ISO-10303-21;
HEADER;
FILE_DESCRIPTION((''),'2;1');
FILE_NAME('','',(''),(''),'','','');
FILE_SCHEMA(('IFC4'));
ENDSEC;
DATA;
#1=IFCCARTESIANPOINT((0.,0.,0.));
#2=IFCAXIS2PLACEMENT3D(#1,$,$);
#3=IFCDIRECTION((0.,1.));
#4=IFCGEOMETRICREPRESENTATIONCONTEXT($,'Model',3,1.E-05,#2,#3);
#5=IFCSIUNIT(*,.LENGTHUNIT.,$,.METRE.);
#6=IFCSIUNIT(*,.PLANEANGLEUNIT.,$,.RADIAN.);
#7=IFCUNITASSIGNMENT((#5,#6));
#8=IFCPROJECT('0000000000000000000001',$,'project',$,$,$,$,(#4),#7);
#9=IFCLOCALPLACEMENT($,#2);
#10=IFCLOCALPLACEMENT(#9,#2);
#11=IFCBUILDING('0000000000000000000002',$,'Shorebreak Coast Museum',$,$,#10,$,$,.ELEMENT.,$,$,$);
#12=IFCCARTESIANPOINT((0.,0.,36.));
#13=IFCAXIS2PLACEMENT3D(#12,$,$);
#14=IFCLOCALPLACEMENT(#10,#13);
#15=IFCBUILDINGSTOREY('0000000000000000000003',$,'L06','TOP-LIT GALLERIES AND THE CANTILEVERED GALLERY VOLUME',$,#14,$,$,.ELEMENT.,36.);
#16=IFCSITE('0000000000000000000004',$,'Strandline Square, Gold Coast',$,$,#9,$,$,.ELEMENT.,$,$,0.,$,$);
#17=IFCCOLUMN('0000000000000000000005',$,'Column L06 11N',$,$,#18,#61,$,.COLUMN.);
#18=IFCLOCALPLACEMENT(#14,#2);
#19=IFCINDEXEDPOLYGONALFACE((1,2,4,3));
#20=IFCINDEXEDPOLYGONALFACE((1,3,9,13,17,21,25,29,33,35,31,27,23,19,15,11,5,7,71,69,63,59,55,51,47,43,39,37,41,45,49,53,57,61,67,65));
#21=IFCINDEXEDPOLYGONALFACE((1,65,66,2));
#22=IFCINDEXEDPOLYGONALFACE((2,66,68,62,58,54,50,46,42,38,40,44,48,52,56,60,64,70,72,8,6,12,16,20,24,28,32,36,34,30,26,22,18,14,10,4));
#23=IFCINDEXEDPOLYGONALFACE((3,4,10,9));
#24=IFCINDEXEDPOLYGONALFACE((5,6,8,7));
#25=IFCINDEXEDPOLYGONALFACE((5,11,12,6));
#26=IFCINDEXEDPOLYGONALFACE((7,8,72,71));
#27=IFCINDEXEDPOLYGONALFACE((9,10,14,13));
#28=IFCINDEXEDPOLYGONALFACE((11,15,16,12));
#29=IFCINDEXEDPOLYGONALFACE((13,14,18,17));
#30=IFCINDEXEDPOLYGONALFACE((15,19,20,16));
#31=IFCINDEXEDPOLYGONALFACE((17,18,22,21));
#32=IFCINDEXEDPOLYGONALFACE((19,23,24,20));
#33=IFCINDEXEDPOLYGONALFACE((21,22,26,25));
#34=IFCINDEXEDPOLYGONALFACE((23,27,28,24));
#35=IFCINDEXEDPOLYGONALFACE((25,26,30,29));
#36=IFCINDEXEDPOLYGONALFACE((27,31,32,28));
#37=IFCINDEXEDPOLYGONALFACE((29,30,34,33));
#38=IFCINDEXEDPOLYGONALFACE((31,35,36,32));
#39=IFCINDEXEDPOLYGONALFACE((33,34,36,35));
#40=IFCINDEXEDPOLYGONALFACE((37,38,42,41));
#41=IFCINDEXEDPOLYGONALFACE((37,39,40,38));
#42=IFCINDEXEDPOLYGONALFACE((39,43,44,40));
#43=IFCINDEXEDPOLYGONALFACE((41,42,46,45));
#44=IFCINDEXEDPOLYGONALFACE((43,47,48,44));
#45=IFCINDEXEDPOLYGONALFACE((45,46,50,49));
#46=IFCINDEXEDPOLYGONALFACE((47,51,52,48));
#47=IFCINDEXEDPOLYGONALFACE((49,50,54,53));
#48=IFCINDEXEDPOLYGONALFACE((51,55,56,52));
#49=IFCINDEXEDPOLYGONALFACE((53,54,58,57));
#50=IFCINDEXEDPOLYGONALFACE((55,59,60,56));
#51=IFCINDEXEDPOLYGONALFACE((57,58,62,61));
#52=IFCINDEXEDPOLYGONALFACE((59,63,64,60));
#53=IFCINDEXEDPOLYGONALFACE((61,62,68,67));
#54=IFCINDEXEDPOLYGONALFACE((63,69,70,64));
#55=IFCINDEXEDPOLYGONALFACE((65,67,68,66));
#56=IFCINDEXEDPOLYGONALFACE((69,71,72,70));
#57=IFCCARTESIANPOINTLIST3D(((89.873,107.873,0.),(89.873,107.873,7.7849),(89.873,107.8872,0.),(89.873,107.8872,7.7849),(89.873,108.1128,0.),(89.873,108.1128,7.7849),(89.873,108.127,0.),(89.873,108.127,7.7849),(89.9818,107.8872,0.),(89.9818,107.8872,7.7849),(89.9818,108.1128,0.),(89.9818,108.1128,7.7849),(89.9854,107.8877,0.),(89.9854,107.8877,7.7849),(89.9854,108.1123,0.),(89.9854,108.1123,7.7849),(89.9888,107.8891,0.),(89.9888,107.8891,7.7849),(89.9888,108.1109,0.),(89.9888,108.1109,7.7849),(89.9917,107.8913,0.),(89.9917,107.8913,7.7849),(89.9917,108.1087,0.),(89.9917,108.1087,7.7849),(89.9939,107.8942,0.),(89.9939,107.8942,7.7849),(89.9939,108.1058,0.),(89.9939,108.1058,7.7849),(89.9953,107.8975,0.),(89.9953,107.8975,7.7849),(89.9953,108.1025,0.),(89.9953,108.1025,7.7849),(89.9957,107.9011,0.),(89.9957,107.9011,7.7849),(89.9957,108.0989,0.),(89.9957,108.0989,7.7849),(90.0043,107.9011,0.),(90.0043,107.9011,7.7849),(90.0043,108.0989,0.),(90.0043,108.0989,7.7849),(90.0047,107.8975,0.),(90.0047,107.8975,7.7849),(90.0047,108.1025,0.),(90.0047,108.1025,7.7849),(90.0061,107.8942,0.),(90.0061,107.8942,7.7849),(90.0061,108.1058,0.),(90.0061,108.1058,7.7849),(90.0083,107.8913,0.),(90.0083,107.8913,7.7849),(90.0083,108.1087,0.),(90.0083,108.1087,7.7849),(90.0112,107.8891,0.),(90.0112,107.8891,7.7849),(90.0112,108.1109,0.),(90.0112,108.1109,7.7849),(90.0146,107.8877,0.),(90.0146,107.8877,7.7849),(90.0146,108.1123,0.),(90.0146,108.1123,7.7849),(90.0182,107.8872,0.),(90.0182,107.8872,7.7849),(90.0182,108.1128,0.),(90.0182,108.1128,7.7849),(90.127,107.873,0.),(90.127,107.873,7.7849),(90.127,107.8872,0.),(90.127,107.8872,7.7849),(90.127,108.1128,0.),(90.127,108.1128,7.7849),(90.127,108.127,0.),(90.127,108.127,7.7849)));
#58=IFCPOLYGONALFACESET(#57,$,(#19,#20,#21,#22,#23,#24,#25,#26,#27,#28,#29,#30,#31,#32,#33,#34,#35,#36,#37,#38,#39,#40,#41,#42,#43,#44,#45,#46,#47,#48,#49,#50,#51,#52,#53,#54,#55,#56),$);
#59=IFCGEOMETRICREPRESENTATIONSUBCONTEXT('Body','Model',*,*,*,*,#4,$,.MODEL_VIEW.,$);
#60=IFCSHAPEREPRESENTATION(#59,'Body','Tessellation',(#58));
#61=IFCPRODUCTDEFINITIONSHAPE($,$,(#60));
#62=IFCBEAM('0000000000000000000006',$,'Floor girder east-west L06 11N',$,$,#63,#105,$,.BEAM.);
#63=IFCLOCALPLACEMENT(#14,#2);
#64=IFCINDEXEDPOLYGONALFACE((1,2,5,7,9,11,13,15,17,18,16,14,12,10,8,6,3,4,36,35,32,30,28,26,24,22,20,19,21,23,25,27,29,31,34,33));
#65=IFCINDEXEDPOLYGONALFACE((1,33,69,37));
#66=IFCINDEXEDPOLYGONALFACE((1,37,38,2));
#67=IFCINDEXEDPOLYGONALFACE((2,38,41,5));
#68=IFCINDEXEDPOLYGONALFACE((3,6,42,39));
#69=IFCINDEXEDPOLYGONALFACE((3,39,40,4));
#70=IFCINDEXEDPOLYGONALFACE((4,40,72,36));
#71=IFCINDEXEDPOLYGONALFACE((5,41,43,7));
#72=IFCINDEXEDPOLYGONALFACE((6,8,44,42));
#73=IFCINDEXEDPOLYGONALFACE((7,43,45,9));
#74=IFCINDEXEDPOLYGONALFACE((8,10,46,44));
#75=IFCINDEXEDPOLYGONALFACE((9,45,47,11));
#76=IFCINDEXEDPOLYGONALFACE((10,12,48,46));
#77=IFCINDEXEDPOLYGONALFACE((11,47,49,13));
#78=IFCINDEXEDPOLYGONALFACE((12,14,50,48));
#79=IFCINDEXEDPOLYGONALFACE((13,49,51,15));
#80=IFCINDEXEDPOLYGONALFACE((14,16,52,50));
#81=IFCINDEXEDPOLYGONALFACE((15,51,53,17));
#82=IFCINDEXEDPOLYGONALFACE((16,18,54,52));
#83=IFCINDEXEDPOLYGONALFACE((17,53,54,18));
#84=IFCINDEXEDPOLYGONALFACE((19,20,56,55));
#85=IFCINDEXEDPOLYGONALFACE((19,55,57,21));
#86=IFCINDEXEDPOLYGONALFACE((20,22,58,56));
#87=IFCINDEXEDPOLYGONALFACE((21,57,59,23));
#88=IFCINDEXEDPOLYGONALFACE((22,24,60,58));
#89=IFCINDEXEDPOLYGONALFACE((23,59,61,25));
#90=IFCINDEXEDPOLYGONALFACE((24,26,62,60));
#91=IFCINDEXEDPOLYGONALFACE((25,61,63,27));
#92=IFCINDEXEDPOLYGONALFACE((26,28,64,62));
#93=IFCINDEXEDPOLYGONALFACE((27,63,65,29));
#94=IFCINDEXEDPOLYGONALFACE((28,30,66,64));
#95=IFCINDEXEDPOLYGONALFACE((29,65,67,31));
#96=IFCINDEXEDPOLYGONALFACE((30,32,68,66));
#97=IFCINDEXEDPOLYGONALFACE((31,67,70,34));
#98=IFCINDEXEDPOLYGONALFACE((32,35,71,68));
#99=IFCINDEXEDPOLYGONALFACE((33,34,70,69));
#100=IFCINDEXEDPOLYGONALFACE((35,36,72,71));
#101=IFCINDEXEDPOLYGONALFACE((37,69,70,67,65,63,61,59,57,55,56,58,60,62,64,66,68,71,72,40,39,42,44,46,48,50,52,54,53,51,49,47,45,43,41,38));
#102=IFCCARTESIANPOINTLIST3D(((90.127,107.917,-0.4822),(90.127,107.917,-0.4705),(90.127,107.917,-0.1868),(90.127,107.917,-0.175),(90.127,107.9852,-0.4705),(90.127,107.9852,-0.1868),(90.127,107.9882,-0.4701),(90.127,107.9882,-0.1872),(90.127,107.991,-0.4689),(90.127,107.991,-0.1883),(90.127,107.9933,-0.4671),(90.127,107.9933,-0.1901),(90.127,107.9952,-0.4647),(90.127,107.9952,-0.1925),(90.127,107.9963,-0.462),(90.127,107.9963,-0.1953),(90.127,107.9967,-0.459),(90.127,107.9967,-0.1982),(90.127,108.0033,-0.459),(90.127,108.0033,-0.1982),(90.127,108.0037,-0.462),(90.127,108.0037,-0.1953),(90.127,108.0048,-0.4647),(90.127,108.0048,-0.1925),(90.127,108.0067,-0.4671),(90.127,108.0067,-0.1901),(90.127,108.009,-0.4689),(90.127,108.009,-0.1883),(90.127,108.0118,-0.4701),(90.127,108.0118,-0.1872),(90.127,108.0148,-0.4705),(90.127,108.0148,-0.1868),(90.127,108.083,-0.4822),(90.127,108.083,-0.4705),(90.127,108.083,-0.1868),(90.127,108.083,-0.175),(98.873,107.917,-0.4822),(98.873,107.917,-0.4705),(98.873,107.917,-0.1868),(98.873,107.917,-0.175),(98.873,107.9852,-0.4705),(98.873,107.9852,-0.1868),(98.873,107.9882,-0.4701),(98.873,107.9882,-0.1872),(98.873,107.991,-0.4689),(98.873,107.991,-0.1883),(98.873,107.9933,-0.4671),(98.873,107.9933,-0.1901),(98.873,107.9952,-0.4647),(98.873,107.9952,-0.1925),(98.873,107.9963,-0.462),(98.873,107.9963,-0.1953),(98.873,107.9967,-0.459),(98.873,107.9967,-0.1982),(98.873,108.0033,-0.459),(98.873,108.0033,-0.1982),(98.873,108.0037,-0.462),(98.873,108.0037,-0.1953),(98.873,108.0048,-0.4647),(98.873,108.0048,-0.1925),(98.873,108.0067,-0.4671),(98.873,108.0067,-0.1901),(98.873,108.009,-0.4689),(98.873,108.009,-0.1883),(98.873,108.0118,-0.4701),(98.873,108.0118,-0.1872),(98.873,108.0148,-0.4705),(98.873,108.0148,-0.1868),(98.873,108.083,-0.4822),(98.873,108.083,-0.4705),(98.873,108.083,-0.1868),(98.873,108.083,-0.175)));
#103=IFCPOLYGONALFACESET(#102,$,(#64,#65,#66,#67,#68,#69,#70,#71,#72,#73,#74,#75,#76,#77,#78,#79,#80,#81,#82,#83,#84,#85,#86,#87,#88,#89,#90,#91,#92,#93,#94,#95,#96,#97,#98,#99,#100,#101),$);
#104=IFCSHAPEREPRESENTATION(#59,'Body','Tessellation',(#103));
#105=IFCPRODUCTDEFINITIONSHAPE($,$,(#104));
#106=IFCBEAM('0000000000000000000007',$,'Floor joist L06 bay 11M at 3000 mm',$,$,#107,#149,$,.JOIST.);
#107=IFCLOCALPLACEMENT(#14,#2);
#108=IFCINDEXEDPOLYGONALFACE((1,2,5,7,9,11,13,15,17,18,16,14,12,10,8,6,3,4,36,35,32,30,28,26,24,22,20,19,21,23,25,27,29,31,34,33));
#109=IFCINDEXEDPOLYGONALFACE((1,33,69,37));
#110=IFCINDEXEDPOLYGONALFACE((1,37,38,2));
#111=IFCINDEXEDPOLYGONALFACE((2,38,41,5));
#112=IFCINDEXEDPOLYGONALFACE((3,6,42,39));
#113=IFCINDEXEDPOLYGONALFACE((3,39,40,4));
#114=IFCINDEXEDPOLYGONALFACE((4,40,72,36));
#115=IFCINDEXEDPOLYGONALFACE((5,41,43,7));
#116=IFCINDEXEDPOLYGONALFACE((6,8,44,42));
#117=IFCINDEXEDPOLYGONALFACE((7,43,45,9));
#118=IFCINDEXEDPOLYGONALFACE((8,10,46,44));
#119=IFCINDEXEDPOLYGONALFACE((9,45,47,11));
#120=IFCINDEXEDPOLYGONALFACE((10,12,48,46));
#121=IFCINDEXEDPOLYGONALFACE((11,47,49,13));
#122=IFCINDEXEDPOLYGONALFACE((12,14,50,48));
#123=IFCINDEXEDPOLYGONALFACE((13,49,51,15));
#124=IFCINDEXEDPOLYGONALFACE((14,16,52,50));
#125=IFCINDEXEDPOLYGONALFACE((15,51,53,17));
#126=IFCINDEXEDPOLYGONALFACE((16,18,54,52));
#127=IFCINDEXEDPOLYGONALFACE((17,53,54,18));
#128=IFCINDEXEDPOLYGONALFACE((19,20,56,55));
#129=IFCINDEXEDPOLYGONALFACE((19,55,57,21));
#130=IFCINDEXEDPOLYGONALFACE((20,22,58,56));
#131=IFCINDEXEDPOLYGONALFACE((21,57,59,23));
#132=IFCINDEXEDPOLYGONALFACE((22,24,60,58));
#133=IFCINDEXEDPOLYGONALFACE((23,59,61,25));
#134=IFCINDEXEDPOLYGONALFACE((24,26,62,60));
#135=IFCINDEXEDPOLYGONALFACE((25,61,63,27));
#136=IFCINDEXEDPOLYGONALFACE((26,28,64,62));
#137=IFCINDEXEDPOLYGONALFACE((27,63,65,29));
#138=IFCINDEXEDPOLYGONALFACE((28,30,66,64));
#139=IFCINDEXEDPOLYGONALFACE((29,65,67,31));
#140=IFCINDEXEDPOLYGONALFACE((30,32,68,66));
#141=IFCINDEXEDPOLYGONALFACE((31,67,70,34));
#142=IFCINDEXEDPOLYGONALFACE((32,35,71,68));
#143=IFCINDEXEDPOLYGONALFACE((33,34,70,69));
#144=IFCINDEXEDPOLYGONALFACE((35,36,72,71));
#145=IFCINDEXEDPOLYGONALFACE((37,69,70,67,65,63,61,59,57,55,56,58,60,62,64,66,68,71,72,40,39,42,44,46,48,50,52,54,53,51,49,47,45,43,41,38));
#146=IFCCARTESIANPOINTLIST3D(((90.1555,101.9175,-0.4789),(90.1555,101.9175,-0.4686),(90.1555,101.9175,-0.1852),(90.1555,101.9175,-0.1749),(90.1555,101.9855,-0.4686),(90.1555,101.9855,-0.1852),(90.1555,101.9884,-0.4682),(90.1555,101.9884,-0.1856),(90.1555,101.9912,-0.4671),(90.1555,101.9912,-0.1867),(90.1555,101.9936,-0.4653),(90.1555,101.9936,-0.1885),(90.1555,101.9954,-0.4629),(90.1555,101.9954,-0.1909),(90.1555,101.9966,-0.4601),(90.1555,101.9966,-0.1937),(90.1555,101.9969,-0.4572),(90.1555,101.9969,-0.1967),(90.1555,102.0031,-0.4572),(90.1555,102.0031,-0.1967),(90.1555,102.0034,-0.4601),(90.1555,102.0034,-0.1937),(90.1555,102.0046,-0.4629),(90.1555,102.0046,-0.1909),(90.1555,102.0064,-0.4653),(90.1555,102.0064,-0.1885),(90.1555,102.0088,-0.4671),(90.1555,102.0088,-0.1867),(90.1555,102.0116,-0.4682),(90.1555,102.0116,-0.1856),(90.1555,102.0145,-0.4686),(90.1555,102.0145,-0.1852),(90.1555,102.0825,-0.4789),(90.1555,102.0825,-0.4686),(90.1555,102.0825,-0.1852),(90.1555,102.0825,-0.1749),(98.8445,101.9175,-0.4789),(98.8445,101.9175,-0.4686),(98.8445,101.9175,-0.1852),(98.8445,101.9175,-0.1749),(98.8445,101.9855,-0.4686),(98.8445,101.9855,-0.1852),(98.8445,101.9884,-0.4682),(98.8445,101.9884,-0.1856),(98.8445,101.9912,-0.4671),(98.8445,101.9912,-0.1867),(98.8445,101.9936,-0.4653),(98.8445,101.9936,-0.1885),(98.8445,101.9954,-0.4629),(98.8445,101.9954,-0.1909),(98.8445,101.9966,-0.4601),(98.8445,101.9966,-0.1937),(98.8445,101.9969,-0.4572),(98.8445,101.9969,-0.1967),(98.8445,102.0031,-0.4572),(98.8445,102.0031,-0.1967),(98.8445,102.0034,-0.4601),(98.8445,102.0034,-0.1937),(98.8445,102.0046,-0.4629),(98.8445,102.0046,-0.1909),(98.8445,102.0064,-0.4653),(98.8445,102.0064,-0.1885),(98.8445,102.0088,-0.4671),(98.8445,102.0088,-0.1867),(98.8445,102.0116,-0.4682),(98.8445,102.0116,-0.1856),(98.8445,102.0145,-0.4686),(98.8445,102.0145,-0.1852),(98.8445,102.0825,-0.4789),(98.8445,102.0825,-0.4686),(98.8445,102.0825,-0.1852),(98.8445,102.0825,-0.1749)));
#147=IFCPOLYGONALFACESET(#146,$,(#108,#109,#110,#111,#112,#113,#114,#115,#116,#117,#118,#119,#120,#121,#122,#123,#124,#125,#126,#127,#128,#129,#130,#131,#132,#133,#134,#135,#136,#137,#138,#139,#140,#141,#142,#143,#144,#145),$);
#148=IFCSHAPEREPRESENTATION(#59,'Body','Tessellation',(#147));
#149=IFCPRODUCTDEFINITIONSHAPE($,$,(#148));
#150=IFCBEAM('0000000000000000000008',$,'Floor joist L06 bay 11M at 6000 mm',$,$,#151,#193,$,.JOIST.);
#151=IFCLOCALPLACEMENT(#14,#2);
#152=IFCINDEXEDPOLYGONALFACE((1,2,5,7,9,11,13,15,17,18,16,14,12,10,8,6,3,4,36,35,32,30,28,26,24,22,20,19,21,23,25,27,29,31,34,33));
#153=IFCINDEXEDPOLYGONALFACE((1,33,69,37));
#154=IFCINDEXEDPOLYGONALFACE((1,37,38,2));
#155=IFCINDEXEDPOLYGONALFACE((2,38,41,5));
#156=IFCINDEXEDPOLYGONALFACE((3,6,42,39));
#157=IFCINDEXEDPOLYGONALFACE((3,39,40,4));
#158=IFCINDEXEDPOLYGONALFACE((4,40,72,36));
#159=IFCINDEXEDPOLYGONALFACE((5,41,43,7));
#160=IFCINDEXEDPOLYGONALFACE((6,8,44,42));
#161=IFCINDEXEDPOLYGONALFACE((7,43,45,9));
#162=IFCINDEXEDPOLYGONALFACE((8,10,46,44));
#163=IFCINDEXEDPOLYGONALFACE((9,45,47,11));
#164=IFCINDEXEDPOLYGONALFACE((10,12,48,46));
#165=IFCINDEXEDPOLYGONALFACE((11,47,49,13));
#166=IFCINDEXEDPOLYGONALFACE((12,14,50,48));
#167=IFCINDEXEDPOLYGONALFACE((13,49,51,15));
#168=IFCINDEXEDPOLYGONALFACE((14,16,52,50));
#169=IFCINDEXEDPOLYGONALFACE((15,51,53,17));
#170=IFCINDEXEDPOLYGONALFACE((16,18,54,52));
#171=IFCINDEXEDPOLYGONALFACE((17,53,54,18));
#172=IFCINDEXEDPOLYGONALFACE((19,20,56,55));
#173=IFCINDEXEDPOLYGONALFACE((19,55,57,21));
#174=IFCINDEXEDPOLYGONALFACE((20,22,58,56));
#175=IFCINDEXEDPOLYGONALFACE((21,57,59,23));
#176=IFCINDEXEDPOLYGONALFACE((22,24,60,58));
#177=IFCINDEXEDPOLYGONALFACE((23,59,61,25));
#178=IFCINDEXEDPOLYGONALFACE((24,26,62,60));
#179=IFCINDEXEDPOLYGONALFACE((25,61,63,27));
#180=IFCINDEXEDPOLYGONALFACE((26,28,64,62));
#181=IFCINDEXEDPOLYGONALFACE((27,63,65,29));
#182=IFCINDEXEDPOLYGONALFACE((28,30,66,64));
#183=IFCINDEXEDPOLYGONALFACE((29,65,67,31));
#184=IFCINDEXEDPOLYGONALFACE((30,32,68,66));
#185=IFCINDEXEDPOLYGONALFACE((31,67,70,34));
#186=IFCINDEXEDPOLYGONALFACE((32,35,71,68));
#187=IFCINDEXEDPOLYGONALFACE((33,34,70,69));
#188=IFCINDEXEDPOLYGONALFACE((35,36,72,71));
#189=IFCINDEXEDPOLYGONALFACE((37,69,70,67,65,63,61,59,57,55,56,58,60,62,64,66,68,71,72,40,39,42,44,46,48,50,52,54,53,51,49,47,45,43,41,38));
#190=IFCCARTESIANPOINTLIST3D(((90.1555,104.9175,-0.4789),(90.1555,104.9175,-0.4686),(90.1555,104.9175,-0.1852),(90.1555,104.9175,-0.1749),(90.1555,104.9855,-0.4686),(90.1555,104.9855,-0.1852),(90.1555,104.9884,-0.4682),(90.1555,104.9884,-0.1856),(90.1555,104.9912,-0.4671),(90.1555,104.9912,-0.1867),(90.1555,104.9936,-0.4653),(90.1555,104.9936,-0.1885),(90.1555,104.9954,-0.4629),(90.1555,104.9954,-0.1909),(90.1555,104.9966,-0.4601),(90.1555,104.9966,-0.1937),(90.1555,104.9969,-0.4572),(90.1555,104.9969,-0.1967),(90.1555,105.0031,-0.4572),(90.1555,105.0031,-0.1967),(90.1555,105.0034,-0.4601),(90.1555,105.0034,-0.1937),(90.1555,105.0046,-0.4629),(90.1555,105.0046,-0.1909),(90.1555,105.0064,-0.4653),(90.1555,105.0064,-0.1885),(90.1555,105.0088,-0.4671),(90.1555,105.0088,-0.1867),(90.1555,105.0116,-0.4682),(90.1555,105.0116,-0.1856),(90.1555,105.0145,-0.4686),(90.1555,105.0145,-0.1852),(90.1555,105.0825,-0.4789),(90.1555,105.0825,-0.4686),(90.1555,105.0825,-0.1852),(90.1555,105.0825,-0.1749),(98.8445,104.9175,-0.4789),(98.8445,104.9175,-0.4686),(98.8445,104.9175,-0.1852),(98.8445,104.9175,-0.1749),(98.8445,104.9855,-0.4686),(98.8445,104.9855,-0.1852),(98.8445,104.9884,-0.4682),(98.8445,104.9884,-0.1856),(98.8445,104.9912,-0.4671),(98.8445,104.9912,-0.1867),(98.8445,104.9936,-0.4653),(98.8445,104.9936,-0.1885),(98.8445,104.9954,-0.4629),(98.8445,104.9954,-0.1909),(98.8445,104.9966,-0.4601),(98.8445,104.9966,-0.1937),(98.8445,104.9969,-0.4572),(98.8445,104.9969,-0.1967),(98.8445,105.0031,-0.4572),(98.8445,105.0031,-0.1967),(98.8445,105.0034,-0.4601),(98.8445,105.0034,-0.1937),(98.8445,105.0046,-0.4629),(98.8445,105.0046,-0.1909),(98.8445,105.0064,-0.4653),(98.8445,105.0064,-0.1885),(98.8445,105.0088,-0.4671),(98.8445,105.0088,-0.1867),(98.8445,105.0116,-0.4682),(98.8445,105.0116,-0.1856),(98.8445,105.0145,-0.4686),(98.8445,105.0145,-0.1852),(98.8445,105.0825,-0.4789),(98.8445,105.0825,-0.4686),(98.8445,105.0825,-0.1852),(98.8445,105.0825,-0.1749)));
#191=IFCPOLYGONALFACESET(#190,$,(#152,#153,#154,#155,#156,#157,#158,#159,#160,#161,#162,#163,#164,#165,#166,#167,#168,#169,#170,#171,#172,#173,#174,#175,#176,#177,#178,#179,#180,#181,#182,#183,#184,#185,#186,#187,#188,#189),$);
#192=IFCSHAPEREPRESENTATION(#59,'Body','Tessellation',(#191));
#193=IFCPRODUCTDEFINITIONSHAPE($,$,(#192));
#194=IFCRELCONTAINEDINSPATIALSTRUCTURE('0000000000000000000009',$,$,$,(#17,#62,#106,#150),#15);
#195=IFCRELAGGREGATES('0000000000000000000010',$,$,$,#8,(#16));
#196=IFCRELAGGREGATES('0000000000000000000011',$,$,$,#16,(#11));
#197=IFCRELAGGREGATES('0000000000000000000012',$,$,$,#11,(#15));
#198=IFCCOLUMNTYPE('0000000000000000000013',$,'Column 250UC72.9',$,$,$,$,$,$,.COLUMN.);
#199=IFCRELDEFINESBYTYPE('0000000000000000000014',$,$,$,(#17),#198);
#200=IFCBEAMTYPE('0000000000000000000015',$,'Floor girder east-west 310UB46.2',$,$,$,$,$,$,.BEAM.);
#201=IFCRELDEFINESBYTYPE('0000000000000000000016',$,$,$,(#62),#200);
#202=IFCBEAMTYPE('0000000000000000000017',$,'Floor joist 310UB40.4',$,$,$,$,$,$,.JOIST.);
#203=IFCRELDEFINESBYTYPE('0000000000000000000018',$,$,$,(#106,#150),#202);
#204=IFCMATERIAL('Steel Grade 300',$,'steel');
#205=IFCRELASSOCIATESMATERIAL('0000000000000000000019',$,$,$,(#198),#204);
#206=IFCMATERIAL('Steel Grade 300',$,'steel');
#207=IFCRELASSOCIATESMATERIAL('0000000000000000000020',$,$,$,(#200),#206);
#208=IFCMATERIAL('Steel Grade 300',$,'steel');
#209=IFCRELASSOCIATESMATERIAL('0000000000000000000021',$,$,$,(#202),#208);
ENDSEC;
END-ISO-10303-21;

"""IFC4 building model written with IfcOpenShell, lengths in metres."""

from ifc_helpers import new_model, si_unit, direction, frame, origin, origin_2d, place, context, subcontext, project, spatial, i_section, extrude, material, material_profile, profile_set, type_object, element, save


model = new_model("IFC4")

# Units and contexts
model_context = context("Model", 3, precision=1e-05, world=origin(), true_north=direction((0.0, 1.0)))
body_context = subcontext(model_context, "Body", "Model", "MODEL_VIEW")
ifc_project = project(units=[si_unit("LENGTHUNIT", "METRE"), si_unit("PLANEANGLEUNIT", "RADIAN")], contexts=[model_context])

# Site, building, storey
site_placement = place(None, origin())
site = spatial("IfcSite", under=ifc_project, at=site_placement, Name="Strandline Square, Gold Coast", CompositionType="ELEMENT", RefElevation=0.0)
building_placement = place(site_placement, origin())
building = spatial("IfcBuilding", under=site, at=building_placement, Name="Shorebreak Coast Museum", CompositionType="ELEMENT")
storey_placement = place(building_placement, frame((0.0, 0.0, 36.0)))
storey = spatial("IfcBuildingStorey", under=building, at=storey_placement, Name="L06", Description="TOP-LIT GALLERIES AND THE CANTILEVERED GALLERY VOLUME", CompositionType="ELEMENT", Elevation=36.0)

# Column
ifc_material_1 = material(Name="Steel Grade 300", Category="steel")
ifc_material_profile_1 = material_profile(ifc_material_1, i_section(OverallWidth=0.2539, OverallDepth=0.2539, WebThickness=0.0085, FlangeThickness=0.0142, FilletRadius=0.0139, at=origin_2d()), Name="250UC72.9")
ifc_profile_set_1 = profile_set([ifc_material_profile_1], Name="Steel Grade 300")
column_type = type_object("IfcColumnType", Name="Column 250UC72.9", PredefinedType="COLUMN", material=ifc_profile_set_1)
column_placement = place(storey_placement, frame((90.0, 108.0, 0.0), z_axis=(0.0, 0.0, 1.0), x_axis=(1.0, 0.0, 0.0)))
element("IfcColumn", 1, at=column_placement, inside=storey, type_object=column_type, Name="Column L06 11N", PredefinedType="COLUMN", context=body_context, shape_type="SweptSolid", body=[
    extrude(i_section(OverallWidth=0.2539, OverallDepth=0.2539, WebThickness=0.0085, FlangeThickness=0.0142, FilletRadius=0.0139, at=origin_2d()), origin(), (0.0, 0.0, 1.0), 7.7849),
])

# Beams
ifc_material_2 = material(Name="Steel Grade 300", Category="steel")
ifc_material_profile_2 = material_profile(ifc_material_2, i_section(OverallWidth=0.166, OverallDepth=0.3071, WebThickness=0.0066, FlangeThickness=0.0117, FilletRadius=0.0115, at=origin_2d()), Name="310UB46.2")
ifc_profile_set_2 = profile_set([ifc_material_profile_2], Name="Steel Grade 300")
beam_type_1 = type_object("IfcBeamType", Name="Floor girder east-west 310UB46.2", PredefinedType="BEAM", material=ifc_profile_set_2)
beam_placement = place(storey_placement, frame((90.127, 108.0, -0.3286), z_axis=(1.0, 0.0, 0.0), x_axis=(0.0, 1.0, 0.0)))
element("IfcBeam", 2, at=beam_placement, inside=storey, type_object=beam_type_1, Name="Floor girder east-west L06 11N", PredefinedType="BEAM", context=body_context, shape_type="SweptSolid", body=[
    extrude(i_section(OverallWidth=0.166, OverallDepth=0.3071, WebThickness=0.0066, FlangeThickness=0.0117, FilletRadius=0.0115, at=origin_2d()), origin(), (0.0, 0.0, 1.0), 8.7461),
])
ifc_material_3 = material(Name="Steel Grade 300", Category="steel")
ifc_material_profile_3 = material_profile(ifc_material_3, i_section(OverallWidth=0.165, OverallDepth=0.304, WebThickness=0.0061, FlangeThickness=0.0103, FilletRadius=0.0115, at=origin_2d()), Name="310UB40.4")
ifc_profile_set_3 = profile_set([ifc_material_profile_3], Name="Steel Grade 300")
beam_type_2 = type_object("IfcBeamType", Name="Floor joist 310UB40.4", PredefinedType="JOIST", material=ifc_profile_set_3)
for number, where, z_axis, x_axis, name in (
    (3, (90.1555, 102.0, -0.3269), (1.0, 0.0, 0.0), (0.0, 1.0, 0.0), "Floor joist L06 bay 11M at 3000 mm"),
    (4, (90.1555, 105.0, -0.3269), (1.0, 0.0, 0.0), (0.0, 1.0, 0.0), "Floor joist L06 bay 11M at 6000 mm"),
):
    element("IfcBeam", number, at=place(storey_placement, frame(where, z_axis=z_axis, x_axis=x_axis)), inside=storey, type_object=beam_type_2, Name=name, PredefinedType="JOIST", context=body_context, shape_type="SweptSolid", body=[
        extrude(i_section(OverallWidth=0.165, OverallDepth=0.304, WebThickness=0.0061, FlangeThickness=0.0103, FilletRadius=0.0115, at=origin_2d()), origin(), (0.0, 0.0, 1.0), 8.689),
    ])

save(model, "model.ifc")
